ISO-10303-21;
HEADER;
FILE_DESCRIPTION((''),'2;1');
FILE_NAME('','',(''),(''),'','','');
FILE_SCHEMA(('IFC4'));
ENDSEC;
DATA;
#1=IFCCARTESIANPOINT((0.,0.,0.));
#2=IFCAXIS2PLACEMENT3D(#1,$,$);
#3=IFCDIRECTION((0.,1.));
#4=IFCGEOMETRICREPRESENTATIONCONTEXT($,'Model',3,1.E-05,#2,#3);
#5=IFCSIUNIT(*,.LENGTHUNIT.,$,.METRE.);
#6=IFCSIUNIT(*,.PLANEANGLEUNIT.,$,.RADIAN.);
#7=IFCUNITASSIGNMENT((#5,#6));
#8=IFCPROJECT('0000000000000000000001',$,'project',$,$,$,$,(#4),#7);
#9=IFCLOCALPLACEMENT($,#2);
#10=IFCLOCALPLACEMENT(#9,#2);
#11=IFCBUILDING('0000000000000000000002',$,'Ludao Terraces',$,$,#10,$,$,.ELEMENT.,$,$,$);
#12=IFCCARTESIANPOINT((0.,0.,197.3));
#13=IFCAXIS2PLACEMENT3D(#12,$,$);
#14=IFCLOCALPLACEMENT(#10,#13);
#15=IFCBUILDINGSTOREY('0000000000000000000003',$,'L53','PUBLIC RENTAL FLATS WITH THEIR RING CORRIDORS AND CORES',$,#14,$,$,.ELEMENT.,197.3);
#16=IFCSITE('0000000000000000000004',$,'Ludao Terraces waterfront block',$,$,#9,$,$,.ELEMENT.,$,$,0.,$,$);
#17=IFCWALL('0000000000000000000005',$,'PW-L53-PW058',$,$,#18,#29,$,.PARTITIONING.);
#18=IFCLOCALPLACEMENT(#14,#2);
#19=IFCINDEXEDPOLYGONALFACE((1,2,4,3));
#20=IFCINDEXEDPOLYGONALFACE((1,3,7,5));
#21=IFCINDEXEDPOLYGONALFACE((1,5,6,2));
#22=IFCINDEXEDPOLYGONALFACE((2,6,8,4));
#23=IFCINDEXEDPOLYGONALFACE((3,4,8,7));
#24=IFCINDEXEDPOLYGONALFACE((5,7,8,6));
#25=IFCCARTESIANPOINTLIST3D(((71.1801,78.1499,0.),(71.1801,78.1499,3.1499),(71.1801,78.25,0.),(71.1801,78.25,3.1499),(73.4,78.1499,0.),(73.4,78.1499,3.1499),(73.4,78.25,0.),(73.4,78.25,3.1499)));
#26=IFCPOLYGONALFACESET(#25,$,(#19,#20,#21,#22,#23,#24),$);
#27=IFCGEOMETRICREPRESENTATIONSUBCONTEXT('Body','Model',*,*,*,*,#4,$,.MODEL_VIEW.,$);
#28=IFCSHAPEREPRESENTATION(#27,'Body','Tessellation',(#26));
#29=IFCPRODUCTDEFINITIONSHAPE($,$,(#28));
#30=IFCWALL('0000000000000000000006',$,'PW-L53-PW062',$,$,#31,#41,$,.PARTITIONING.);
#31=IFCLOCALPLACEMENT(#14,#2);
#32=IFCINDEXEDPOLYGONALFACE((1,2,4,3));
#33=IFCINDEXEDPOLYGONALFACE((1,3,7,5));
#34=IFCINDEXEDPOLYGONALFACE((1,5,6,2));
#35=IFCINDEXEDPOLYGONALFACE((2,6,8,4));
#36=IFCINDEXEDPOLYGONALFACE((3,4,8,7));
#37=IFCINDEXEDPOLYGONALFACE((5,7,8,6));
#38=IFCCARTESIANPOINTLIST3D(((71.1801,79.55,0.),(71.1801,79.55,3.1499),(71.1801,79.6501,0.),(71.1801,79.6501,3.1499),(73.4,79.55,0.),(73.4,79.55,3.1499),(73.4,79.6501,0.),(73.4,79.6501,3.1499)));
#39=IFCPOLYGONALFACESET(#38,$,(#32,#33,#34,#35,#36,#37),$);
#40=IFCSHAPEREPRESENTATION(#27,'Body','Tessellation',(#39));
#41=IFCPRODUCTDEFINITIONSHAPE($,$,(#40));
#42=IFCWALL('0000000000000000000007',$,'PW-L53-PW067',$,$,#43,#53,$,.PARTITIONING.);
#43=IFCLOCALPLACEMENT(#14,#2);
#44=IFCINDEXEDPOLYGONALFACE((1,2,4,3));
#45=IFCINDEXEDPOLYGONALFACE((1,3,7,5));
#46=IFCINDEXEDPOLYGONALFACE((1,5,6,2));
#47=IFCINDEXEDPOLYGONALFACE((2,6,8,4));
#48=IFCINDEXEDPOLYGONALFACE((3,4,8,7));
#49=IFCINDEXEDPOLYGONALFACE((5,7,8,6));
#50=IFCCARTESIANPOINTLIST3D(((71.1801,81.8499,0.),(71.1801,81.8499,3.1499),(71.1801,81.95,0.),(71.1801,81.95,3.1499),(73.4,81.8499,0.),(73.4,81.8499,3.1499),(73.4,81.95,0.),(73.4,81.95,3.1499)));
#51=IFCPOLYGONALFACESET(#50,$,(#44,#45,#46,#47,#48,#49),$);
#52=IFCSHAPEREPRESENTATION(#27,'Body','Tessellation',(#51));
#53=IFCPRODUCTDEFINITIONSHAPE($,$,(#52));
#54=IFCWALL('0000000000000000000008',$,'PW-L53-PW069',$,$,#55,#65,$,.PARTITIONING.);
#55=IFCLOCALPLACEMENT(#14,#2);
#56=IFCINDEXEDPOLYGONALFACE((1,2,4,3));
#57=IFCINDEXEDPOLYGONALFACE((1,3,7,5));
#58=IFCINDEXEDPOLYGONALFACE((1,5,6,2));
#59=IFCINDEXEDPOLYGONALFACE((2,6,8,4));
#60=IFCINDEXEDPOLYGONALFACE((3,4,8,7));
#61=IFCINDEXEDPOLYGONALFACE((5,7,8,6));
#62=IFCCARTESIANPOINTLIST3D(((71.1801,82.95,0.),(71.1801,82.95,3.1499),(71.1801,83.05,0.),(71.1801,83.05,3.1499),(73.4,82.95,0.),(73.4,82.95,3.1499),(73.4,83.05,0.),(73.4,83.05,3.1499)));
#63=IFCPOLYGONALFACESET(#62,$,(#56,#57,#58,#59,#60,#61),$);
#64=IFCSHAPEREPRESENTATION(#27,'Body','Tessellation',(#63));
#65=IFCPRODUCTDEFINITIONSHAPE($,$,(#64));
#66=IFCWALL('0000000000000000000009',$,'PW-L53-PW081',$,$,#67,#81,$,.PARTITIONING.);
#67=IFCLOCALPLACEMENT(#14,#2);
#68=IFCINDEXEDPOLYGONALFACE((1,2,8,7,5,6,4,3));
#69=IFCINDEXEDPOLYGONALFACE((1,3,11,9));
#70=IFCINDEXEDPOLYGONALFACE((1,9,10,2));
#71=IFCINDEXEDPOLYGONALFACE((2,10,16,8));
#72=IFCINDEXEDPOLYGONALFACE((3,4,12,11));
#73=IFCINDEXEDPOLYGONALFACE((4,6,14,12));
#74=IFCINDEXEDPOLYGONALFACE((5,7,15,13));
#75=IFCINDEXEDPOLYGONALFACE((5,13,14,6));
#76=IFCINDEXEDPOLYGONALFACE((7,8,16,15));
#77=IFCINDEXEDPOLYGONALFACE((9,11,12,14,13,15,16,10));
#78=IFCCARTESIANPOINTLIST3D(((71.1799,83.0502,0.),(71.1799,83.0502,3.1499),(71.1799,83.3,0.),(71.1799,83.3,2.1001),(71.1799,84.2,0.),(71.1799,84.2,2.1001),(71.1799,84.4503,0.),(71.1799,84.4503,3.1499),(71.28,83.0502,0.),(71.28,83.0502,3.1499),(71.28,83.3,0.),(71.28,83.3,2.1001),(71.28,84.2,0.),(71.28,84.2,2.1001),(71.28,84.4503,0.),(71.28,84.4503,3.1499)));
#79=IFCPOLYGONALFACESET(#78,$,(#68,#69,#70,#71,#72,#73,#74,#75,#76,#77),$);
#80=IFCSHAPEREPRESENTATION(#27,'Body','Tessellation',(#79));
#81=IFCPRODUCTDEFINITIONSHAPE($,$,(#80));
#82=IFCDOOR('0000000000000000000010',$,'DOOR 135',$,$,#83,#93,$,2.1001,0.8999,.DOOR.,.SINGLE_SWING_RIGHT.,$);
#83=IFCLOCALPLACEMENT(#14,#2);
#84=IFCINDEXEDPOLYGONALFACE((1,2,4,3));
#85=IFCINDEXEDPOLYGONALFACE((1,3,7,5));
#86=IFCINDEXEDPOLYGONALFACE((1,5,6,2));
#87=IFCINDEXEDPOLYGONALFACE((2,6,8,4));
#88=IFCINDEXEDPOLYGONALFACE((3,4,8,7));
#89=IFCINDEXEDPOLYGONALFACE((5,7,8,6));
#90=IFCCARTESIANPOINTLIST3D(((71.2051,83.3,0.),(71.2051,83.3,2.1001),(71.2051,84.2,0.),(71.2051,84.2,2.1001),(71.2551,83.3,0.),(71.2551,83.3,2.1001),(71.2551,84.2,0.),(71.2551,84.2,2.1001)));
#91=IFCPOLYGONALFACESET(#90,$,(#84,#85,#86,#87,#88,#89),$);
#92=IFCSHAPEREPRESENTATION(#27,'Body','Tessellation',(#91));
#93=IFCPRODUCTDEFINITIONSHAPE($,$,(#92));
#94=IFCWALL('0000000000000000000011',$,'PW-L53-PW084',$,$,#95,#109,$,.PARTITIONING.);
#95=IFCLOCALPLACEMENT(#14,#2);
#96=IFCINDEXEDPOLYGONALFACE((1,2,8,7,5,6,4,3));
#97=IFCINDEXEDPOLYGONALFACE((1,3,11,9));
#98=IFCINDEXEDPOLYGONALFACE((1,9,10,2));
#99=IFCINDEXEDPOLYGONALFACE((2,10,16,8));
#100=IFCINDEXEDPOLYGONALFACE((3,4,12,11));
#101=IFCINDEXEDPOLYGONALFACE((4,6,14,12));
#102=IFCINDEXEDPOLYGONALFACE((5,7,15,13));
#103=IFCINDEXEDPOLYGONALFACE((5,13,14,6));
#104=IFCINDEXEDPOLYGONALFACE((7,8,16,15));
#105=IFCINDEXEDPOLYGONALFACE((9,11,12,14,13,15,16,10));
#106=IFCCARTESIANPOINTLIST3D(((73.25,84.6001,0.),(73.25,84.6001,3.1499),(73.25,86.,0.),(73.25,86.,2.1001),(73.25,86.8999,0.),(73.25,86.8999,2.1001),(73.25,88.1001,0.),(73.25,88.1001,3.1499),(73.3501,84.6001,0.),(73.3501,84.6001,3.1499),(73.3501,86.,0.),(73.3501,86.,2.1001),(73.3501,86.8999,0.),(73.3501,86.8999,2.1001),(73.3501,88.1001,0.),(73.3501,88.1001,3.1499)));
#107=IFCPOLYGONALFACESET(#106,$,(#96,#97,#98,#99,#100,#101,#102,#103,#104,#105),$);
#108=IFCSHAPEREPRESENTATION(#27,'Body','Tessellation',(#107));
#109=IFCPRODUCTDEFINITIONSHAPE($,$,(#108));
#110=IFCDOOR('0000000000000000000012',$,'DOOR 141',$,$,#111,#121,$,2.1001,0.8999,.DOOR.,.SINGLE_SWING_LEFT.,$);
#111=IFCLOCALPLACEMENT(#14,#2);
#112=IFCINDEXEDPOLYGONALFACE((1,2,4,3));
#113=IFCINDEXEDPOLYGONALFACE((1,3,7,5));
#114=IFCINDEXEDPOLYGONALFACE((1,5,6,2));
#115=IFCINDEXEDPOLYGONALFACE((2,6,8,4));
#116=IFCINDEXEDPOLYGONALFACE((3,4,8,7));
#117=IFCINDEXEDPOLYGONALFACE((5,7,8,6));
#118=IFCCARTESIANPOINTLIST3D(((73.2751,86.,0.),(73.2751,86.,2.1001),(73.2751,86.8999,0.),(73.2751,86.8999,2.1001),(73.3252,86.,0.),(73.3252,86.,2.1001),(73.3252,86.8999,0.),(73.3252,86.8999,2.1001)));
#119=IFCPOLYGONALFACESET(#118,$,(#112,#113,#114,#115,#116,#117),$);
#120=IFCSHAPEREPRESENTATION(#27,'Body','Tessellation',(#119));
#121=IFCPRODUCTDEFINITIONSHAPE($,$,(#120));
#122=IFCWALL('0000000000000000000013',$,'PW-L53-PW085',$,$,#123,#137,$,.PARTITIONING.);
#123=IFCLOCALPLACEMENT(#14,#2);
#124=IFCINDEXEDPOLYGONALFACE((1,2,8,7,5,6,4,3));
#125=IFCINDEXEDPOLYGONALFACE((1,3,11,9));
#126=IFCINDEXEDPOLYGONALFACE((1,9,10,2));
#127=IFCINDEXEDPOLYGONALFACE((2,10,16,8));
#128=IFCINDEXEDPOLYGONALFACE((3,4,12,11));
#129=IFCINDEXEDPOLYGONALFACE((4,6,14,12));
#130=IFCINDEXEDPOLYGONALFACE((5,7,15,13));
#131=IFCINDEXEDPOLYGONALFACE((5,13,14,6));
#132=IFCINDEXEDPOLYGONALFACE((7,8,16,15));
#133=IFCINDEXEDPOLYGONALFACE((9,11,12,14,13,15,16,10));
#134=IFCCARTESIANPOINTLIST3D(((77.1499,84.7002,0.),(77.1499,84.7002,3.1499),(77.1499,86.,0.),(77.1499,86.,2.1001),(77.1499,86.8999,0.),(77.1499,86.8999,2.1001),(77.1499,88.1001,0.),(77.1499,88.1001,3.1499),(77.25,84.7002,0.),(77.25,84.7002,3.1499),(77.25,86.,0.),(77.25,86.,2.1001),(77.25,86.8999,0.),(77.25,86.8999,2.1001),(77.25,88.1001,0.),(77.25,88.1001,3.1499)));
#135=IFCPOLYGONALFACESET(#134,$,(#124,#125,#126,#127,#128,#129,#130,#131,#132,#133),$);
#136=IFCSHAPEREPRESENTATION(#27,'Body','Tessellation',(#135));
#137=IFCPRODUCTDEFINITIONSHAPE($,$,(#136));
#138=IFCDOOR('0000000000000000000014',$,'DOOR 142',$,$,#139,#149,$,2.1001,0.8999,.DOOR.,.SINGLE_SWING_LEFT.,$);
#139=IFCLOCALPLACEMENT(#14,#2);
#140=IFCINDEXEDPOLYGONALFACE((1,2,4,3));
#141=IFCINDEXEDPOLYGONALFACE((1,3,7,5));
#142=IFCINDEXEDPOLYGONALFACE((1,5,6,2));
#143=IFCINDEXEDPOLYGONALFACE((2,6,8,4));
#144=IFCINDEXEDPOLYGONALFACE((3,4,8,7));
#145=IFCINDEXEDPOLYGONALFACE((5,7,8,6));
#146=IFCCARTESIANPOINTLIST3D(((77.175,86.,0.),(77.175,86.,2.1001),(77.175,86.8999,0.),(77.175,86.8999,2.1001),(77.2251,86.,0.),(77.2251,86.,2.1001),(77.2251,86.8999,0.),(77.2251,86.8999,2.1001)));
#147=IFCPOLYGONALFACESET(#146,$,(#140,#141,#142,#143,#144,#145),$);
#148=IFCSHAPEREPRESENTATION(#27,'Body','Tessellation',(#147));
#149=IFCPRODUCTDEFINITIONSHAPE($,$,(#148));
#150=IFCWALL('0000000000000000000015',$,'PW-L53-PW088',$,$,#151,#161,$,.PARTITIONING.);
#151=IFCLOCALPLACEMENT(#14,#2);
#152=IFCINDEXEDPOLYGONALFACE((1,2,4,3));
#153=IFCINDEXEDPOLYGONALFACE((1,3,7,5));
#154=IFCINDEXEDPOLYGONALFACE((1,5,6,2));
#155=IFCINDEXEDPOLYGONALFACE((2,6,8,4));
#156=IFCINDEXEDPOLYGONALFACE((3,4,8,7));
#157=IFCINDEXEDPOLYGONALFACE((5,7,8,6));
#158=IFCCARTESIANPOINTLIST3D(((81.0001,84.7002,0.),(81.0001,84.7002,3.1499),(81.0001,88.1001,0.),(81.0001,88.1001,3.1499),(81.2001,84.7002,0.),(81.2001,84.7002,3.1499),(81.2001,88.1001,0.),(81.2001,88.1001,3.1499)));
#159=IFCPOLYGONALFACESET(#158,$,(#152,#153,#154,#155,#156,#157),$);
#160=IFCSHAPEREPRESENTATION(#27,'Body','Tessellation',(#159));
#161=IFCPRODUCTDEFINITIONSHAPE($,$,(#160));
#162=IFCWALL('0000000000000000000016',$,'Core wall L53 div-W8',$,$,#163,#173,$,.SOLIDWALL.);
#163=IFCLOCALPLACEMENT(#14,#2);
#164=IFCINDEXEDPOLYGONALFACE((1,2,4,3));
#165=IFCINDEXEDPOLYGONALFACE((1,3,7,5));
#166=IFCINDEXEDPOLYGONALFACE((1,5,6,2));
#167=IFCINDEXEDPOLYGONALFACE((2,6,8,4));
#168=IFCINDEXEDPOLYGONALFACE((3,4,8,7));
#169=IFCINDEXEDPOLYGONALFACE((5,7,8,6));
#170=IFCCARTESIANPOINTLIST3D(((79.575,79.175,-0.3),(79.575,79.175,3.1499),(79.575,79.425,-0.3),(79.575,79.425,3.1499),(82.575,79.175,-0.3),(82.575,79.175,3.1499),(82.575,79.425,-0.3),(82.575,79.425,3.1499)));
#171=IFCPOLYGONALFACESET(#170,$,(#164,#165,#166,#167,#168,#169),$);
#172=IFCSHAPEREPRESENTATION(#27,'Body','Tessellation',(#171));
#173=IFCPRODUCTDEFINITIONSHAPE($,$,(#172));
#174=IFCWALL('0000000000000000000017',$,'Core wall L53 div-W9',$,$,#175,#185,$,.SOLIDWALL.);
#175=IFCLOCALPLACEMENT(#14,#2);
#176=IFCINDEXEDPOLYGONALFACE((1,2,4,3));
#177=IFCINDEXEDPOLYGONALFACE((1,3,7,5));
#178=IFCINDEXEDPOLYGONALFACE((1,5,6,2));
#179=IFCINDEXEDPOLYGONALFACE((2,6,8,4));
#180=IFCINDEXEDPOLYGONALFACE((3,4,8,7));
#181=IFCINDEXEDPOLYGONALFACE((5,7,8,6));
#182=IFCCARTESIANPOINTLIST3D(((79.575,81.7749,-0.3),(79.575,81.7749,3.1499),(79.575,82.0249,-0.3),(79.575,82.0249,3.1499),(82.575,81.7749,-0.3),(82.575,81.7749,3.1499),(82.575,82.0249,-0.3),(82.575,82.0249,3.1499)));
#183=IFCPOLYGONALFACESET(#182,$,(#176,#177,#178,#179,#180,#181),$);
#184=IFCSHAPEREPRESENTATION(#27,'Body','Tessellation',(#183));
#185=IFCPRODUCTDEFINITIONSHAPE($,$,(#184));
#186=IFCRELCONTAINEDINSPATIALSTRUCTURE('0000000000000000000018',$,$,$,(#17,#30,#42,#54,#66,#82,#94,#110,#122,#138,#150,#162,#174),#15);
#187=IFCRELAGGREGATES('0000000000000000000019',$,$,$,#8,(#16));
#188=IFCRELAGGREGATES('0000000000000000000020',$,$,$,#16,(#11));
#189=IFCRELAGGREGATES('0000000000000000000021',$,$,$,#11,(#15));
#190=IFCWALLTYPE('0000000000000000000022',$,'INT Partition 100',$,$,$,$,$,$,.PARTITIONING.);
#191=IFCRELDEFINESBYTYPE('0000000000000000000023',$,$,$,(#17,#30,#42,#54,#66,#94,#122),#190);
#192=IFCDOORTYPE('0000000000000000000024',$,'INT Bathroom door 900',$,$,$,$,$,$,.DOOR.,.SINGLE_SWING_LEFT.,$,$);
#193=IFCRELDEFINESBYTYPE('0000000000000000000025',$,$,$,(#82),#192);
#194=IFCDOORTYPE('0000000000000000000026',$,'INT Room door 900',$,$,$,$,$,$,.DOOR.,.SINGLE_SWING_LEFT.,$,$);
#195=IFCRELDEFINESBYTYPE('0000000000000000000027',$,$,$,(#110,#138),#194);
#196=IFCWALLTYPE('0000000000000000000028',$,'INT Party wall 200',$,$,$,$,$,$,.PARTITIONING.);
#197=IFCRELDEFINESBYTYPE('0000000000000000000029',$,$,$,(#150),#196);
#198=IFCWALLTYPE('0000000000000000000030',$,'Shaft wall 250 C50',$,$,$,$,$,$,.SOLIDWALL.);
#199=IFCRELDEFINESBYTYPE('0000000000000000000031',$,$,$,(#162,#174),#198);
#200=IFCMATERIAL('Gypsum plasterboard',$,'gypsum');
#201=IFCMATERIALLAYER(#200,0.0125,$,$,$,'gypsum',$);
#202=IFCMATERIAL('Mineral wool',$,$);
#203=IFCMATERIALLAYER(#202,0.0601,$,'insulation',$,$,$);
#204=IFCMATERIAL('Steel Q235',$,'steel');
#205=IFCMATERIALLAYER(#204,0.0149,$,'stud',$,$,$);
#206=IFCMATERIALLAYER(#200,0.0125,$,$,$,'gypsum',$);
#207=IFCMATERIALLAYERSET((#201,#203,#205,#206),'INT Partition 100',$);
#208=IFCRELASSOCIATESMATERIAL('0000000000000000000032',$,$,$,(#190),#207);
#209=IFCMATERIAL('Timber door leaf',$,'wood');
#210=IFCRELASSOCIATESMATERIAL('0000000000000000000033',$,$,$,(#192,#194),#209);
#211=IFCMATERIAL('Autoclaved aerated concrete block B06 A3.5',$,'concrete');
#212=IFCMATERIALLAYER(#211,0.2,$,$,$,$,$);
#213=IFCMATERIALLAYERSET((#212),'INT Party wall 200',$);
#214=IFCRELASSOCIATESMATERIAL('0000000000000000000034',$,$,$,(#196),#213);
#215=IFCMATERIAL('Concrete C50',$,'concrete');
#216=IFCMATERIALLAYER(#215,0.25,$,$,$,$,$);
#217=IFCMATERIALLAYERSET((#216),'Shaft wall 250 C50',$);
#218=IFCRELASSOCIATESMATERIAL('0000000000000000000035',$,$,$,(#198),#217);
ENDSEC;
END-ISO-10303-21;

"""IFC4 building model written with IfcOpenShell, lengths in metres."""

from ifc_helpers import new_model, si_unit, direction, frame, frame_2d, origin, place, context, subcontext, project, spatial, rectangle, extrude, material, layer, layer_set, type_object, element, fill, save


model = new_model("IFC4")

# Units and contexts
model_context = context("Model", 3, precision=1e-05, world=origin(), true_north=direction((0.0, 1.0)))
body_context = subcontext(model_context, "Body", "Model", "MODEL_VIEW")
ifc_project = project(units=[si_unit("LENGTHUNIT", "METRE"), si_unit("PLANEANGLEUNIT", "RADIAN")], contexts=[model_context])

# Site, building, storey
site_placement = place(None, origin())
site = spatial("IfcSite", under=ifc_project, at=site_placement, Name="Ludao Terraces waterfront block", CompositionType="ELEMENT", RefElevation=0.0)
building_placement = place(site_placement, origin())
building = spatial("IfcBuilding", under=site, at=building_placement, Name="Ludao Terraces", CompositionType="ELEMENT")
storey_placement = place(building_placement, frame((0.0, 0.0, 197.3)))
storey = spatial("IfcBuildingStorey", under=building, at=storey_placement, Name="L53", Description="PUBLIC RENTAL FLATS WITH THEIR RING CORRIDORS AND CORES", CompositionType="ELEMENT", Elevation=197.3)

# Shared definitions
ifc_material_1 = material(Name="Concrete C50", Category="concrete")

# Shared definitions
ifc_material_2 = material(Name="Mineral wool")

# Walls
ifc_material_3 = material(Name="Autoclaved aerated concrete block B06 A3.5", Category="concrete")
ifc_material_4 = material(Name="Gypsum plasterboard", Category="gypsum")
ifc_layer_1 = layer(ifc_material_4, 0.0125, Category="gypsum")
ifc_layer_2 = layer(ifc_material_2, 0.0601, Name="insulation")
ifc_material_5 = material(Name="Steel Q235", Category="steel")
ifc_layer_3 = layer(ifc_material_5, 0.0149, Name="stud")
ifc_layer_4 = layer(ifc_material_4, 0.0125, Category="gypsum")
ifc_layer_set_1 = layer_set([ifc_layer_1, ifc_layer_2, ifc_layer_3, ifc_layer_4], Name="INT Partition 100")
wall_type_1 = type_object("IfcWallType", Name="INT Partition 100", PredefinedType="PARTITIONING", material=ifc_layer_set_1)
for number, where, z_axis, x_axis, name in (
    (1, (71.1802, 78.2, 0.0), (0.0, 0.0, 1.0), (1.0, 0.0, 0.0), "PW-L53-PW058"),
    (2, (71.1802, 79.6001, 0.0), (0.0, 0.0, 1.0), (1.0, 0.0, 0.0), "PW-L53-PW062"),
    (3, (71.1802, 81.8999, 0.0), (0.0, 0.0, 1.0), (1.0, 0.0, 0.0), "PW-L53-PW067"),
    (4, (71.1802, 83.0, 0.0), (0.0, 0.0, 1.0), (1.0, 0.0, 0.0), "PW-L53-PW069"),
):
    element("IfcWall", number, at=place(storey_placement, frame(where, z_axis=z_axis, x_axis=x_axis)), inside=storey, type_object=wall_type_1, Name=name, PredefinedType="PARTITIONING", context=body_context, shape_type="SweptSolid", body=[
        extrude(rectangle(XDim=2.22, YDim=0.1001, at=frame_2d((1.1099, 0.0))), origin(), (0.0, 0.0, 1.0), 3.1499),
    ])

# Walls, openings, doors
wall_1_placement = place(storey_placement, frame((71.23, 83.05, 0.0), z_axis=(0.0, 0.0, 1.0), x_axis=(0.0, 1.0, 0.0)))
wall_1 = element("IfcWall", 5, at=wall_1_placement, inside=storey, type_object=wall_type_1, Name="PW-L53-PW081", PredefinedType="PARTITIONING", context=body_context, shape_type="SweptSolid", body=[
    extrude(rectangle(XDim=1.4001, YDim=0.1001, at=frame_2d((0.7002, 0.0))), origin(), (0.0, 0.0, 1.0), 3.1499),
])
opening_1_placement = place(wall_1_placement, frame((0.25, 0.0, 0.0)))
opening_1 = element("IfcOpeningElement", 6, at=opening_1_placement, cuts=wall_1, PredefinedType="OPENING", context=body_context, shape_type="SweptSolid", body=[
    extrude(rectangle(XDim=0.8999, YDim=2.1001, at=frame_2d((0.45, 1.05))), frame((0.0, 0.0601, 0.0), z_axis=(0.0, -1.0, 0.0), x_axis=(1.0, 0.0, 0.0)), (0.0, 0.0, 1.0), 0.1201),
])
ifc_material_6 = material(Name="Timber door leaf", Category="wood")
door_type_1 = type_object("IfcDoorType", Name="INT Bathroom door 900", OperationType="SINGLE_SWING_LEFT", PredefinedType="DOOR", material=ifc_material_6)
door_1_placement = place(opening_1_placement, origin())
door_1 = element("IfcDoor", 7, at=door_1_placement, inside=storey, type_object=door_type_1, Name="DOOR 135", OperationType="SINGLE_SWING_RIGHT", OverallHeight=2.1001, OverallWidth=0.8999, PredefinedType="DOOR", context=body_context, shape_type="SweptSolid", body=[
    extrude(rectangle(XDim=0.8999, YDim=2.1001, at=frame_2d((0.45, 1.05))), frame((0.0, 0.0249, 0.0), z_axis=(0.0, -1.0, 0.0), x_axis=(1.0, 0.0, 0.0)), (0.0, 0.0, 1.0), 0.05),
])
fill(opening_1, door_1)
wall_2_placement = place(storey_placement, frame((73.3, 84.6001, 0.0), z_axis=(0.0, 0.0, 1.0), x_axis=(0.0, 1.0, 0.0)))
wall_2 = element("IfcWall", 8, at=wall_2_placement, inside=storey, type_object=wall_type_1, Name="PW-L53-PW084", PredefinedType="PARTITIONING", context=body_context, shape_type="SweptSolid", body=[
    extrude(rectangle(XDim=3.5, YDim=0.1001, at=frame_2d((1.75, 0.0))), origin(), (0.0, 0.0, 1.0), 3.1499),
])
opening_2_placement = place(wall_2_placement, frame((1.3999, 0.0, 0.0)))
opening_2 = element("IfcOpeningElement", 9, at=opening_2_placement, cuts=wall_2, PredefinedType="OPENING", context=body_context, shape_type="SweptSolid", body=[
    extrude(rectangle(XDim=0.8999, YDim=2.1001, at=frame_2d((0.45, 1.05))), frame((0.0, 0.0601, 0.0), z_axis=(0.0, -1.0, 0.0), x_axis=(1.0, 0.0, 0.0)), (0.0, 0.0, 1.0), 0.1201),
])
door_type_2 = type_object("IfcDoorType", Name="INT Room door 900", OperationType="SINGLE_SWING_LEFT", PredefinedType="DOOR", material=ifc_material_6)
door_2_placement = place(opening_2_placement, origin())
door_2 = element("IfcDoor", 10, at=door_2_placement, inside=storey, type_object=door_type_2, Name="DOOR 141", OperationType="SINGLE_SWING_LEFT", OverallHeight=2.1001, OverallWidth=0.8999, PredefinedType="DOOR", context=body_context, shape_type="SweptSolid", body=[
    extrude(rectangle(XDim=0.8999, YDim=2.1001, at=frame_2d((0.45, 1.05))), frame((0.0, 0.0249, 0.0), z_axis=(0.0, -1.0, 0.0), x_axis=(1.0, 0.0, 0.0)), (0.0, 0.0, 1.0), 0.05),
])
fill(opening_2, door_2)
wall_3_placement = place(storey_placement, frame((77.2, 84.7002, 0.0), z_axis=(0.0, 0.0, 1.0), x_axis=(0.0, 1.0, 0.0)))
wall_3 = element("IfcWall", 11, at=wall_3_placement, inside=storey, type_object=wall_type_1, Name="PW-L53-PW085", PredefinedType="PARTITIONING", context=body_context, shape_type="SweptSolid", body=[
    extrude(rectangle(XDim=3.3999, YDim=0.1001, at=frame_2d((1.7, 0.0))), origin(), (0.0, 0.0, 1.0), 3.1499),
])
opening_3_placement = place(wall_3_placement, frame((1.2998, 0.0, 0.0)))
opening_3 = element("IfcOpeningElement", 12, at=opening_3_placement, cuts=wall_3, PredefinedType="OPENING", context=body_context, shape_type="SweptSolid", body=[
    extrude(rectangle(XDim=0.8999, YDim=2.1001, at=frame_2d((0.45, 1.05))), frame((0.0, 0.0601, 0.0), z_axis=(0.0, -1.0, 0.0), x_axis=(1.0, 0.0, 0.0)), (0.0, 0.0, 1.0), 0.1201),
])
door_3_placement = place(opening_3_placement, origin())
door_3 = element("IfcDoor", 13, at=door_3_placement, inside=storey, type_object=door_type_2, Name="DOOR 142", OperationType="SINGLE_SWING_LEFT", OverallHeight=2.1001, OverallWidth=0.8999, PredefinedType="DOOR", context=body_context, shape_type="SweptSolid", body=[
    extrude(rectangle(XDim=0.8999, YDim=2.1001, at=frame_2d((0.45, 1.05))), frame((0.0, 0.0249, 0.0), z_axis=(0.0, -1.0, 0.0), x_axis=(1.0, 0.0, 0.0)), (0.0, 0.0, 1.0), 0.05),
])
fill(opening_3, door_3)

# Walls
ifc_layer_5 = layer(ifc_material_3, 0.2)
ifc_layer_set_2 = layer_set([ifc_layer_5], Name="INT Party wall 200")
wall_type_2 = type_object("IfcWallType", Name="INT Party wall 200", PredefinedType="PARTITIONING", material=ifc_layer_set_2)
wall_4_placement = place(storey_placement, frame((81.1001, 84.7002, 0.0), z_axis=(0.0, 0.0, 1.0), x_axis=(0.0, 1.0, 0.0)))
element("IfcWall", 14, at=wall_4_placement, inside=storey, type_object=wall_type_2, Name="PW-L53-PW088", PredefinedType="PARTITIONING", context=body_context, shape_type="SweptSolid", body=[
    extrude(rectangle(XDim=3.3999, YDim=0.2, at=frame_2d((1.7, 0.0))), origin(), (0.0, 0.0, 1.0), 3.1499),
])
ifc_layer_6 = layer(ifc_material_1, 0.25)
ifc_layer_set_3 = layer_set([ifc_layer_6], Name="Shaft wall 250 C50")
wall_type_3 = type_object("IfcWallType", Name="Shaft wall 250 C50", PredefinedType="SOLIDWALL", material=ifc_layer_set_3)
for number, where, z_axis, x_axis, name in (
    (15, (79.575, 79.3, -0.3), (0.0, 0.0, 1.0), (1.0, 0.0, 0.0), "Core wall L53 div-W8"),
    (16, (79.575, 81.8999, -0.3), (0.0, 0.0, 1.0), (1.0, 0.0, 0.0), "Core wall L53 div-W9"),
):
    element("IfcWall", number, at=place(storey_placement, frame(where, z_axis=z_axis, x_axis=x_axis)), inside=storey, type_object=wall_type_3, Name=name, PredefinedType="SOLIDWALL", context=body_context, shape_type="SweptSolid", body=[
        extrude(rectangle(XDim=3.0, YDim=0.25, at=frame_2d((1.5, 0.0))), origin(), (0.0, 0.0, 1.0), 3.45),
    ])

save(model, "model.ifc")
